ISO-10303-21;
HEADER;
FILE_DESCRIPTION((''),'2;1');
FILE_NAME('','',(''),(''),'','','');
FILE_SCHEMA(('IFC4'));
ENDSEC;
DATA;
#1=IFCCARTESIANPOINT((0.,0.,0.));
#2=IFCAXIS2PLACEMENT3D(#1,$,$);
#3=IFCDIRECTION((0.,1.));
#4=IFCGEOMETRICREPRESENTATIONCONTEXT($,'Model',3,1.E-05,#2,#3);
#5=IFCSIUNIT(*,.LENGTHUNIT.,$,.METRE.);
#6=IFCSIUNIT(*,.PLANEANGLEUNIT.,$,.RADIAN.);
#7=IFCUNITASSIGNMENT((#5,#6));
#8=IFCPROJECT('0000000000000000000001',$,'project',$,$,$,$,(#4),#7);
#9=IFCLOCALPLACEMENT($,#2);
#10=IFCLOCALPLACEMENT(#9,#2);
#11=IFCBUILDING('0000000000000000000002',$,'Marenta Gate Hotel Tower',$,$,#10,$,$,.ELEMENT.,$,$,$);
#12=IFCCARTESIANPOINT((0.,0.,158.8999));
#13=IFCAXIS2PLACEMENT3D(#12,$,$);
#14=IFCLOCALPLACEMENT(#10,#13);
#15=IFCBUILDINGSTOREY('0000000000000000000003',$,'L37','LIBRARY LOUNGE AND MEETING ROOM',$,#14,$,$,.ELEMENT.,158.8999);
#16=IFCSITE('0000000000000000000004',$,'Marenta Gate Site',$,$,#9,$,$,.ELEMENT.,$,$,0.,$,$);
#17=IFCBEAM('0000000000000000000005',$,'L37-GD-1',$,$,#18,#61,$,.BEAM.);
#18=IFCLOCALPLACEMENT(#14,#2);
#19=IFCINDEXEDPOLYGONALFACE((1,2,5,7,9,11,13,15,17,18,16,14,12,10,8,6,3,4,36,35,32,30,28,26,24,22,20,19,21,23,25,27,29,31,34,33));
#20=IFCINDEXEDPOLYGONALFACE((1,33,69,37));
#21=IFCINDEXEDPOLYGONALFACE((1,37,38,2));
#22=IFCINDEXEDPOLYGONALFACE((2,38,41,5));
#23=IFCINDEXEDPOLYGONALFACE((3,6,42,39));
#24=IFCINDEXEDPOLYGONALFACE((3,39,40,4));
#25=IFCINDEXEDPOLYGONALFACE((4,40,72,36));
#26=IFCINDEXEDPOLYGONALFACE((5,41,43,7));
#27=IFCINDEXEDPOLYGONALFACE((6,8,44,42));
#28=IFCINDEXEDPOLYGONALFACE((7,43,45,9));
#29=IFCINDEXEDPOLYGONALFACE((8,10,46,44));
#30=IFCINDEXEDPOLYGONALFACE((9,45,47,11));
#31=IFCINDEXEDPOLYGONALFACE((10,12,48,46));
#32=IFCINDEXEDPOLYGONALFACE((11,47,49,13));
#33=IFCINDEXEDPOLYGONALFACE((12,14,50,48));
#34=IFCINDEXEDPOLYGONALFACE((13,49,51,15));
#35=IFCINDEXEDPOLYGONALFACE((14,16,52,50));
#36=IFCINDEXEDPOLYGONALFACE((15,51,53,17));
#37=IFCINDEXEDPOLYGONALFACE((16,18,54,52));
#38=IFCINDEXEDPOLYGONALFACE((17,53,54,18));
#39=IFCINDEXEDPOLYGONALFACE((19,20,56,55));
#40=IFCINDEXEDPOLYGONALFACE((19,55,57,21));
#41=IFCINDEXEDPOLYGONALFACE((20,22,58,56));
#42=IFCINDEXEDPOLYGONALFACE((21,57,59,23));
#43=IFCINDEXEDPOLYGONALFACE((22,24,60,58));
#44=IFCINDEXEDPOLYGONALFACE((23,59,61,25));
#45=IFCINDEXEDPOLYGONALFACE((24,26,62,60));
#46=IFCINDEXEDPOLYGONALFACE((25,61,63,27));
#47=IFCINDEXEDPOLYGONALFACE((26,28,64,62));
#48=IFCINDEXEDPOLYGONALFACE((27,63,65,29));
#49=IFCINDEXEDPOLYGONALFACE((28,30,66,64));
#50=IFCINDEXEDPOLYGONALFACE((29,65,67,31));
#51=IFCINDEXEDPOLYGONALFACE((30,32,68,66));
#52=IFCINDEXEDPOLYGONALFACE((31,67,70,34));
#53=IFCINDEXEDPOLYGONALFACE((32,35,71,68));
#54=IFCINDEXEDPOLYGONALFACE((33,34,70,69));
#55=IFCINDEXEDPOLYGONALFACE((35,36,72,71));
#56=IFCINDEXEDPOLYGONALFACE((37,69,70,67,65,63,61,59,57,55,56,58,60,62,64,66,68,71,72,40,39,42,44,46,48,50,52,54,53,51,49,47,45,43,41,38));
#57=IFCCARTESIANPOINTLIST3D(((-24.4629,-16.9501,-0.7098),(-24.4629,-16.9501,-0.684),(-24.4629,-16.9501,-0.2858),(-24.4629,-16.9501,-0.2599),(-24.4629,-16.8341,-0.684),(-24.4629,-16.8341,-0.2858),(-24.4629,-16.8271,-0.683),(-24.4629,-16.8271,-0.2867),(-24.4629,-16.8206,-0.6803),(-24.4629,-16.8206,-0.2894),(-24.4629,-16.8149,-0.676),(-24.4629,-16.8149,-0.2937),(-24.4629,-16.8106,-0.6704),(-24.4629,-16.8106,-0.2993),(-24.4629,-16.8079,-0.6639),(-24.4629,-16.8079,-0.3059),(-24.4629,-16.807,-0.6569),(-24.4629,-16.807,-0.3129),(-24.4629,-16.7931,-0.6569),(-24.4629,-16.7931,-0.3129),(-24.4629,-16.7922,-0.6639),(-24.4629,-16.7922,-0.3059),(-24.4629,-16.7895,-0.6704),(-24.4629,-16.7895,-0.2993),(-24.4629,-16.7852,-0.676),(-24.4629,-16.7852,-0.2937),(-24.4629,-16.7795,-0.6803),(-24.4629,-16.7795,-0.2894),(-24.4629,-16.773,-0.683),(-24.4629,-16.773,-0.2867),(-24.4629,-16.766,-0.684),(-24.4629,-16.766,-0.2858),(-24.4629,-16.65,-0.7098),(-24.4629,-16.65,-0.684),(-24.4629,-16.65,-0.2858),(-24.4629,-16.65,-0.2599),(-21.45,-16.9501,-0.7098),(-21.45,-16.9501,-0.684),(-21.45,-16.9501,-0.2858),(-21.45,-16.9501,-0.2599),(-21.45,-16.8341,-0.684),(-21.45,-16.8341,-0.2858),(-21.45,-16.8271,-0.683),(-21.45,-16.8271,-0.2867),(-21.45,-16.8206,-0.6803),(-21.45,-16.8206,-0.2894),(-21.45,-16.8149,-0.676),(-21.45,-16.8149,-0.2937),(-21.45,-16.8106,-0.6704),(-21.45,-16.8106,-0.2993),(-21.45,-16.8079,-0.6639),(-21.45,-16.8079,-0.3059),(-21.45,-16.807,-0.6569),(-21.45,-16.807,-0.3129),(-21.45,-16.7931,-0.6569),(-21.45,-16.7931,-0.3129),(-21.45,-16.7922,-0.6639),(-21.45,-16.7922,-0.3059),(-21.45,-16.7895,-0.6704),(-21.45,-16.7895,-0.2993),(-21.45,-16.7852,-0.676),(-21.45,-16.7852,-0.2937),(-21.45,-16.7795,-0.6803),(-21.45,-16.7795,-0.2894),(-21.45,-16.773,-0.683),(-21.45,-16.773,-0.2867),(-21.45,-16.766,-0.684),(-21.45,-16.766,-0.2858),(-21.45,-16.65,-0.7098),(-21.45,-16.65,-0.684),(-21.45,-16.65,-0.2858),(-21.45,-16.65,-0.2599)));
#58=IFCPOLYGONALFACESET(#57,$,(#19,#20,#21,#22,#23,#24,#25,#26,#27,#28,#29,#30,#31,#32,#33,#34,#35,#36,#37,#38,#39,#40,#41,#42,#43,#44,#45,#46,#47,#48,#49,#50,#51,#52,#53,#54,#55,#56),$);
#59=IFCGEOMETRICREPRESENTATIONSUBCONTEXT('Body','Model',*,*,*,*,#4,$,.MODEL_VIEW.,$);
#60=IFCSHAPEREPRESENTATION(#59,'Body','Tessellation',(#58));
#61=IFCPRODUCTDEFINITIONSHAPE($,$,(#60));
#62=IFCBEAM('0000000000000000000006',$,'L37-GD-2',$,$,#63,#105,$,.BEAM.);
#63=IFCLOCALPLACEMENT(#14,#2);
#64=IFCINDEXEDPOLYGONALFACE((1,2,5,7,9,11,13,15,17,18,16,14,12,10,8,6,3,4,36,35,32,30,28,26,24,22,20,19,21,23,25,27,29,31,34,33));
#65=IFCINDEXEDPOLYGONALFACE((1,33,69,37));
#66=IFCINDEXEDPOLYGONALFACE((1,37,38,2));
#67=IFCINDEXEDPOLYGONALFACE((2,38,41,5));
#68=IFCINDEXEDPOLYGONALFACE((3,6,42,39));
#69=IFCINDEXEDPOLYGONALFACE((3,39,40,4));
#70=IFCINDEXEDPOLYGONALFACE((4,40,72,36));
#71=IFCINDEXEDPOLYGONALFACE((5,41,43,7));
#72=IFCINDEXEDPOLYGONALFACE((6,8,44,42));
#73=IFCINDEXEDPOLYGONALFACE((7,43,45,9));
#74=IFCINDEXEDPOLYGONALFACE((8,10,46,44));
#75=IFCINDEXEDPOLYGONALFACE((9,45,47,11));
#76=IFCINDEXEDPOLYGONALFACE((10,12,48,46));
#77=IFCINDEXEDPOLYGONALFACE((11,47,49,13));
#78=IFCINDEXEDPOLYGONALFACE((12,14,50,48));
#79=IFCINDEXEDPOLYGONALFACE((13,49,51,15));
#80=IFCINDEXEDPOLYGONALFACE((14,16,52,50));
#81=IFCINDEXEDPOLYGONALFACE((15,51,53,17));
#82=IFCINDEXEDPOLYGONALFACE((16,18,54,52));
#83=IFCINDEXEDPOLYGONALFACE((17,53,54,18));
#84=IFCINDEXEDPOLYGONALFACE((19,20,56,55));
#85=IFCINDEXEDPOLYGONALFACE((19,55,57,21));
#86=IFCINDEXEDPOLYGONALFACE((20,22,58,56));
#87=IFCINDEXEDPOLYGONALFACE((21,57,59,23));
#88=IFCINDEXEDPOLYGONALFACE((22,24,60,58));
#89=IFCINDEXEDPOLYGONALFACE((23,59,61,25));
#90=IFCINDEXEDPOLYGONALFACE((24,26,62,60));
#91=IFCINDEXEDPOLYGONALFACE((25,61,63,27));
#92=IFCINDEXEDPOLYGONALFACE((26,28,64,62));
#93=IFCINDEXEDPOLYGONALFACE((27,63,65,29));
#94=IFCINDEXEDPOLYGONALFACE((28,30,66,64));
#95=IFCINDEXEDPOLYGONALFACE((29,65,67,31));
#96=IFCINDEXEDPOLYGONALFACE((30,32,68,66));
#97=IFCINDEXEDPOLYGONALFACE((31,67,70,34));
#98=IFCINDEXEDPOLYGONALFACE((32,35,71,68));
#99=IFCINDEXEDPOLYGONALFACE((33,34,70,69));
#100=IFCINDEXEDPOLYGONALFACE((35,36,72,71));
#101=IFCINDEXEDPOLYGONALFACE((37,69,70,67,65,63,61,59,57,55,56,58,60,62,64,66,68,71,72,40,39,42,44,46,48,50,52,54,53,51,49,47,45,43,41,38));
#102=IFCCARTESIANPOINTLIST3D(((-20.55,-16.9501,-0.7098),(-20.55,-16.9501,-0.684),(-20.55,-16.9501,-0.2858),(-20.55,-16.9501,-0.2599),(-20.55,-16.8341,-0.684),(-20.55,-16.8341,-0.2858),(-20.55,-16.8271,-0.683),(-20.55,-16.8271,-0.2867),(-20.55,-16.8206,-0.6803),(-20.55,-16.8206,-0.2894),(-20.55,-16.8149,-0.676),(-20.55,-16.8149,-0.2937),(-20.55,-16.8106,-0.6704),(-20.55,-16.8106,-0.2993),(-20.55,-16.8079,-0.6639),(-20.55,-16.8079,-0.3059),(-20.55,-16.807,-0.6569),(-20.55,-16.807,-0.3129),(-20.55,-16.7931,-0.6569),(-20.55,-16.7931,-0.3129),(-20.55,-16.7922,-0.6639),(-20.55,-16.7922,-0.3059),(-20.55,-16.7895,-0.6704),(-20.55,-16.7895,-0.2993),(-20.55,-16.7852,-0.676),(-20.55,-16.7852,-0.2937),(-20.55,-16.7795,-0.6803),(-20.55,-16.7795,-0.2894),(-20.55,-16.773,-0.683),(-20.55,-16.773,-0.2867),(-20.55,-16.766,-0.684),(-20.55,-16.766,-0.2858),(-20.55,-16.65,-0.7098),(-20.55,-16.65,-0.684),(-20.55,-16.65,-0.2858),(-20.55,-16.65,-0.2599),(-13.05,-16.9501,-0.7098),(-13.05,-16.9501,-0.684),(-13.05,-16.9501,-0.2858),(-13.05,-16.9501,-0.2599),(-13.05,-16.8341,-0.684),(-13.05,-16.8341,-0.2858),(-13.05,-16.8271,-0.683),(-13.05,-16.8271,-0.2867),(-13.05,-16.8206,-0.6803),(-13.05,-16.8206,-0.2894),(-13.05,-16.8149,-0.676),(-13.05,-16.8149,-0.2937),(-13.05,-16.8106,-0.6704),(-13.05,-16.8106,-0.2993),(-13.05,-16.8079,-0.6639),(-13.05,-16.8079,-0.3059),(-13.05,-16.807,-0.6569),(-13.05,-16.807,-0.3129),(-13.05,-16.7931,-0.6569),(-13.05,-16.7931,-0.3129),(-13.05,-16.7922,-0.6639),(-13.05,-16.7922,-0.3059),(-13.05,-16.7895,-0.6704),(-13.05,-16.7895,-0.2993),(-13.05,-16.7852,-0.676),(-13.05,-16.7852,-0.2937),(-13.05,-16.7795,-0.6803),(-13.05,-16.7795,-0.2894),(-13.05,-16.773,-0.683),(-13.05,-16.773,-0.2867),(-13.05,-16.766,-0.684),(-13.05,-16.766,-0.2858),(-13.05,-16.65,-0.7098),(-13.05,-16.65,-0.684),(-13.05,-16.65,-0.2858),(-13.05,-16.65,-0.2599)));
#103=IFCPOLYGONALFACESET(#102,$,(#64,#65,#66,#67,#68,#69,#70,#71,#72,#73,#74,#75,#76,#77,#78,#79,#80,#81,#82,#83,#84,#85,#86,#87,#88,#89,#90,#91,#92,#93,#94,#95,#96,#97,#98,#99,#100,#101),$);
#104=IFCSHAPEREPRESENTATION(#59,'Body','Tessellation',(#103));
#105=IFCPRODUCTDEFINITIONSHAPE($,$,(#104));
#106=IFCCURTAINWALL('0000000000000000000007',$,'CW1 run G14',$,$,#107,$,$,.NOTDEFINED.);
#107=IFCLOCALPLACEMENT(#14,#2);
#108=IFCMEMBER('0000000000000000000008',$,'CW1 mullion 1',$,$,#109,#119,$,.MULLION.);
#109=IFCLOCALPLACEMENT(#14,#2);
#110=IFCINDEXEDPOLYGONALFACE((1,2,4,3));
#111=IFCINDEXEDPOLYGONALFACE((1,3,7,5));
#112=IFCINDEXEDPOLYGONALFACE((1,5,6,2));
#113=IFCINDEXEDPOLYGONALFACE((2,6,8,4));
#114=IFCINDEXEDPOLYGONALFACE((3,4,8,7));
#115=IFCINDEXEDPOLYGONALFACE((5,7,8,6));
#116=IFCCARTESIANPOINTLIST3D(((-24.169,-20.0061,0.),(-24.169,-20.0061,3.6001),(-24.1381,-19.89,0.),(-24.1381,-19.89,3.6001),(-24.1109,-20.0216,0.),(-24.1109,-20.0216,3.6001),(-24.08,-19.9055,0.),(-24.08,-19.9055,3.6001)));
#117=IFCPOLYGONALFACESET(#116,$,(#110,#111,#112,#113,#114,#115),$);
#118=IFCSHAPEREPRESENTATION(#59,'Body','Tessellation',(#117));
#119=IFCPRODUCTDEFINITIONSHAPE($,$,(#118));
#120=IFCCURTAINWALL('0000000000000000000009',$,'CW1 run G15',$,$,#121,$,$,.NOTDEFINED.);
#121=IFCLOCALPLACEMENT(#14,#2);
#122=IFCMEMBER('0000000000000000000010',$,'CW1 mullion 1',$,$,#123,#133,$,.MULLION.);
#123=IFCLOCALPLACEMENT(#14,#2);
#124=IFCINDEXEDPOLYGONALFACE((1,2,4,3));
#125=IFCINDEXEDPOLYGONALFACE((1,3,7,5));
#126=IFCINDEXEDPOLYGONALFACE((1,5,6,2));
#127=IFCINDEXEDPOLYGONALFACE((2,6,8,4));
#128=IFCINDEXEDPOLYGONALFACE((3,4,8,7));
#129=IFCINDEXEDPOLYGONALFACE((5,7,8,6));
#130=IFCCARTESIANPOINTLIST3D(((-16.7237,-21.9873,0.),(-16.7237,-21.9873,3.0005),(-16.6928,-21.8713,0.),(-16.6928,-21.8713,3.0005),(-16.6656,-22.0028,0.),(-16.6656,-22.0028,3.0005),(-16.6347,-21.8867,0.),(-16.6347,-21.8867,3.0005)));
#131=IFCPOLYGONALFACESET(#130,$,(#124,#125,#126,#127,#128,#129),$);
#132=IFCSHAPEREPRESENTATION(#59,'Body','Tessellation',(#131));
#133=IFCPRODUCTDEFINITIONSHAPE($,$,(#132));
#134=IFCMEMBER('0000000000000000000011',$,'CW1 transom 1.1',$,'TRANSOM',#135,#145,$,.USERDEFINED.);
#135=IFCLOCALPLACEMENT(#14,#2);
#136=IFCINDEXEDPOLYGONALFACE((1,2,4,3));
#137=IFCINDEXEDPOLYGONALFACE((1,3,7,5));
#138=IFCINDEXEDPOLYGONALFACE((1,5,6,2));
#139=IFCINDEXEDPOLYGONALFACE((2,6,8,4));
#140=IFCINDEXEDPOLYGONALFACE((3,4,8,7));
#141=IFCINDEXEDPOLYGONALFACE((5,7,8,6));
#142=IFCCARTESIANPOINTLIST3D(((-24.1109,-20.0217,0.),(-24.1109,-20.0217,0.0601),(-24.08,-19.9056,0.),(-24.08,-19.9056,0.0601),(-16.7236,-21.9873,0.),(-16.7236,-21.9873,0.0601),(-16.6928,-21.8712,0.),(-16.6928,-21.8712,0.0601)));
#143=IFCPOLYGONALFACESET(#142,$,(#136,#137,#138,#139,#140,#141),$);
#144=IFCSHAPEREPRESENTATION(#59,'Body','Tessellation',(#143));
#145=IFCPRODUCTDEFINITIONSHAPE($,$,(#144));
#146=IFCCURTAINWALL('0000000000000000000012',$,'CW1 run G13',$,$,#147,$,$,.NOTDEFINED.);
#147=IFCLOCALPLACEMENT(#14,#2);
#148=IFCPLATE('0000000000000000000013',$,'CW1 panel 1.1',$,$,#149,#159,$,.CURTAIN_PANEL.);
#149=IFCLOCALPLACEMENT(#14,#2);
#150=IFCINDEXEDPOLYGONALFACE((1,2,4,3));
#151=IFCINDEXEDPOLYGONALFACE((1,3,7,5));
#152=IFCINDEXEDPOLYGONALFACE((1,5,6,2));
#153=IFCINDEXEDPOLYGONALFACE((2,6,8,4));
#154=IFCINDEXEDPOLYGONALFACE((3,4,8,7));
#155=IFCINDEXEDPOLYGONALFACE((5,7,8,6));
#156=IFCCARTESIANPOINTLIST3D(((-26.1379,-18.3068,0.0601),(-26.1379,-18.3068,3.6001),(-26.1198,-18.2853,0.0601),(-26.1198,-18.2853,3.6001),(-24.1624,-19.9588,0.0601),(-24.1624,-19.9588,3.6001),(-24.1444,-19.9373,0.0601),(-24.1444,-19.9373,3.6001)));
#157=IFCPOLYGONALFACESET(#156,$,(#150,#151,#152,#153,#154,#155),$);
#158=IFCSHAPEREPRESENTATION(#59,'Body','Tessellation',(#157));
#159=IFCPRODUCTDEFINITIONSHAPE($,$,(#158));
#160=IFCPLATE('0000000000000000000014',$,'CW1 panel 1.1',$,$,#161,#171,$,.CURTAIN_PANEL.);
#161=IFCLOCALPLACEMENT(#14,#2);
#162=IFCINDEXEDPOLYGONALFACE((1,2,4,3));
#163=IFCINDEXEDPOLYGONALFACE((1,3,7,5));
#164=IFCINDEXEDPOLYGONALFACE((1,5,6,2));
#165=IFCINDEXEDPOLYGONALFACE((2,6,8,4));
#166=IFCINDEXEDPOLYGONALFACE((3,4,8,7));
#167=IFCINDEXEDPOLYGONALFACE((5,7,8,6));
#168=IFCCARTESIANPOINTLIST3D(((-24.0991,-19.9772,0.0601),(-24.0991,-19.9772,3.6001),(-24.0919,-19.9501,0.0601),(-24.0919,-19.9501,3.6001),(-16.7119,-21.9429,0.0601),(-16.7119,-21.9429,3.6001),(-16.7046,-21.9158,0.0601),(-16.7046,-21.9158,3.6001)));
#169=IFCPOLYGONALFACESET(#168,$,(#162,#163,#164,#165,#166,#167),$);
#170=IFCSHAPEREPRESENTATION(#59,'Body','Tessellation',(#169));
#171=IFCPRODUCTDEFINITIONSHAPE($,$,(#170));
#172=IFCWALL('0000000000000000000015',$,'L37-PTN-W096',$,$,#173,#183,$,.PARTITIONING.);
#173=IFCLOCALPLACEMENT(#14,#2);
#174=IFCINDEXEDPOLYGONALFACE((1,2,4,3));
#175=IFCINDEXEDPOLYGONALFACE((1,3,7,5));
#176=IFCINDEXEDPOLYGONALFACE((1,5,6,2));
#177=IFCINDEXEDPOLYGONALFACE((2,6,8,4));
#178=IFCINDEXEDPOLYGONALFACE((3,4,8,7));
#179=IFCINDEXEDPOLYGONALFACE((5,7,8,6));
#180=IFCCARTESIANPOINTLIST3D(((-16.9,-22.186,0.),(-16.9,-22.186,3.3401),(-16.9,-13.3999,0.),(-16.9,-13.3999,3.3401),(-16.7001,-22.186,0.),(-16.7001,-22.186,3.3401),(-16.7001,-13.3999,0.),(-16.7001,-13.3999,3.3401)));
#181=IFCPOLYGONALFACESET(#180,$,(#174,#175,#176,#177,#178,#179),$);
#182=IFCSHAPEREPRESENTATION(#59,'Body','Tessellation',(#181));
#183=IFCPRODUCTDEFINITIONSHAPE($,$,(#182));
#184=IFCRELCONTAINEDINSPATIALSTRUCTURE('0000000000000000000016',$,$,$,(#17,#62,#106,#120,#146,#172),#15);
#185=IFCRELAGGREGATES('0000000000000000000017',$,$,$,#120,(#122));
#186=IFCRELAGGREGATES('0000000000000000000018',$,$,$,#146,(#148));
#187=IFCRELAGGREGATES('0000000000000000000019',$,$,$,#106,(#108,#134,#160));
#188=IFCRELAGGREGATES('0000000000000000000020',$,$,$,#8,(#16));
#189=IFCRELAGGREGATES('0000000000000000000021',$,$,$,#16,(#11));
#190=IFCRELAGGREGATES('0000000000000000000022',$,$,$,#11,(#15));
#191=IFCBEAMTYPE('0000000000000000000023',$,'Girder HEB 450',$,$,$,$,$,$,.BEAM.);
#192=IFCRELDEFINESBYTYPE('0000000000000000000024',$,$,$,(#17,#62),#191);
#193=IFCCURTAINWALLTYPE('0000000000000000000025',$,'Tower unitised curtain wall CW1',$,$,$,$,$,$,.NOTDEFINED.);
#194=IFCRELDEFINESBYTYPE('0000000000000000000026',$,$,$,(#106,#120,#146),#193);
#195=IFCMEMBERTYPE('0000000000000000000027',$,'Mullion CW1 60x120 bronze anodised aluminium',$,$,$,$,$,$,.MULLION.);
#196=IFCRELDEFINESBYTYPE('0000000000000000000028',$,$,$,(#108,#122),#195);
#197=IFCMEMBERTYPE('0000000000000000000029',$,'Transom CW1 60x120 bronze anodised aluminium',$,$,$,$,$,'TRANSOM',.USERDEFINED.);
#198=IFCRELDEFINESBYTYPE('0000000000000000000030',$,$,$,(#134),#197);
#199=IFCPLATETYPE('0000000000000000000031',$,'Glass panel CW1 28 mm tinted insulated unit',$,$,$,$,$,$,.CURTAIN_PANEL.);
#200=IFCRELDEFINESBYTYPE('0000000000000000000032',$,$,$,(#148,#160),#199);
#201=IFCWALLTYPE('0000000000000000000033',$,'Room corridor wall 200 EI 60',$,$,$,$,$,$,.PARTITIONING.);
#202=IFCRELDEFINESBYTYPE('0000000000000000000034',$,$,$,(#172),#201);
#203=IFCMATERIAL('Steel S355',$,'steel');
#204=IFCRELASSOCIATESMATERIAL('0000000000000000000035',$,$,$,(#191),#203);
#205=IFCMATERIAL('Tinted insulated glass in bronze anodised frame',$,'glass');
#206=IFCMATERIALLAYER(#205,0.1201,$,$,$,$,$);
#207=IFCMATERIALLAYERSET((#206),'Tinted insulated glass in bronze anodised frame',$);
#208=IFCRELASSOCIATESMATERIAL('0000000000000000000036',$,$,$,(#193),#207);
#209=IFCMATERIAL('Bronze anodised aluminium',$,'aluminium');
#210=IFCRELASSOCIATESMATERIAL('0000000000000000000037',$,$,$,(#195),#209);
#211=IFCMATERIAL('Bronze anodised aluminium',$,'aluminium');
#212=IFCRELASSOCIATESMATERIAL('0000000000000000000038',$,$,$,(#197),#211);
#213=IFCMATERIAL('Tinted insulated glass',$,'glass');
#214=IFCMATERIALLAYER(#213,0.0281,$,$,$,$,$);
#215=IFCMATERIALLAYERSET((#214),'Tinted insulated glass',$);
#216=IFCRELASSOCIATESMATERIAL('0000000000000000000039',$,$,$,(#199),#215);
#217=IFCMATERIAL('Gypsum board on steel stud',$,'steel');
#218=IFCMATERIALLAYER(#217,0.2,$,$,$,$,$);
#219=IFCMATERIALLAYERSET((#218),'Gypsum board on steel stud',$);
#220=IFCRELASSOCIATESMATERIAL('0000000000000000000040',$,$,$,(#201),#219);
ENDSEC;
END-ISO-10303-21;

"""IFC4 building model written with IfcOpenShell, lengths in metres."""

from ifc_helpers import new_model, si_unit, direction, frame, frame_2d, origin, origin_2d, place, context, subcontext, project, spatial, rectangle, i_section, extrude, material, layer, layer_set, material_profile, profile_set, type_object, element, aggregate, save


model = new_model("IFC4")

# Units and contexts
model_context = context("Model", 3, precision=1e-05, world=origin(), true_north=direction((0.0, 1.0)))
body_context = subcontext(model_context, "Body", "Model", "MODEL_VIEW")
ifc_project = project(units=[si_unit("LENGTHUNIT", "METRE"), si_unit("PLANEANGLEUNIT", "RADIAN")], contexts=[model_context])

# Site, building, storey
site_placement = place(None, origin())
site = spatial("IfcSite", under=ifc_project, at=site_placement, Name="Marenta Gate Site", CompositionType="ELEMENT", RefElevation=0.0)
building_placement = place(site_placement, origin())
building = spatial("IfcBuilding", under=site, at=building_placement, Name="Marenta Gate Hotel Tower", CompositionType="ELEMENT")
storey_placement = place(building_placement, frame((0.0, 0.0, 158.8999)))
storey = spatial("IfcBuildingStorey", under=building, at=storey_placement, Name="L37", Description="LIBRARY LOUNGE AND MEETING ROOM", CompositionType="ELEMENT", Elevation=158.8999)

# Beams
ifc_material_1 = material(Name="Steel S355", Category="steel")
ifc_material_profile_1 = material_profile(ifc_material_1, i_section(OverallWidth=0.3, OverallDepth=0.45, WebThickness=0.0139, FlangeThickness=0.0259, FilletRadius=0.0271, at=origin_2d()), Name="HEB 450")
ifc_profile_set_1 = profile_set([ifc_material_profile_1], Name="Steel S355")
beam_type_1 = type_object("IfcBeamType", Name="Girder HEB 450", PredefinedType="BEAM", material=ifc_profile_set_1)
beam_1_placement = place(storey_placement, frame((-24.4629, -16.8, -0.4849), z_axis=(1.0, 0.0, 0.0), x_axis=(0.0, 1.0, 0.0)))
element("IfcBeam", 1, at=beam_1_placement, inside=storey, type_object=beam_type_1, Name="L37-GD-1", PredefinedType="BEAM", context=body_context, shape_type="SweptSolid", body=[
    extrude(i_section(OverallWidth=0.3, OverallDepth=0.45, WebThickness=0.0139, FlangeThickness=0.0259, FilletRadius=0.0271, at=origin_2d()), origin(), (0.0, 0.0, 1.0), 3.0129),
])
beam_2_placement = place(storey_placement, frame((-20.55, -16.8, -0.4849), z_axis=(1.0, 0.0, 0.0), x_axis=(0.0, 1.0, 0.0)))
element("IfcBeam", 2, at=beam_2_placement, inside=storey, type_object=beam_type_1, Name="L37-GD-2", PredefinedType="BEAM", context=body_context, shape_type="SweptSolid", body=[
    extrude(i_section(OverallWidth=0.3, OverallDepth=0.45, WebThickness=0.0139, FlangeThickness=0.0259, FilletRadius=0.0271, at=origin_2d()), origin(), (0.0, 0.0, 1.0), 7.5),
])

# Curtain walls, members
ifc_material_2 = material(Name="Tinted insulated glass in bronze anodised frame", Category="glass")
ifc_layer_1 = layer(ifc_material_2, 0.1201)
ifc_layer_set_1 = layer_set([ifc_layer_1], Name="Tinted insulated glass in bronze anodised frame")
curtain_wall_type = type_object("IfcCurtainWallType", Name="Tower unitised curtain wall CW1", PredefinedType="NOTDEFINED", material=ifc_layer_set_1)
curtain_wall_1_placement = place(storey_placement, origin())
curtain_wall_1 = element("IfcCurtainWall", 3, at=curtain_wall_1_placement, inside=storey, type_object=curtain_wall_type, Name="CW1 run G14", PredefinedType="NOTDEFINED")
ifc_material_3 = material(Name="Bronze anodised aluminium", Category="aluminium")
ifc_material_profile_2 = material_profile(ifc_material_3, rectangle(XDim=0.1201, YDim=0.0601, at=origin_2d()), Name="Mullion CW1 60x120 bronze anodised aluminium")
ifc_profile_set_2 = profile_set([ifc_material_profile_2], Name="Bronze anodised aluminium")
member_type_1 = type_object("IfcMemberType", Name="Mullion CW1 60x120 bronze anodised aluminium", PredefinedType="MULLION", material=ifc_profile_set_2)
member_1_placement = place(storey_placement, frame((-24.1245, -19.9558, 0.0), z_axis=(0.0, 0.0, 1.0), x_axis=(0.257146, 0.966372, 0.0)))
member_1 = element("IfcMember", 4, at=member_1_placement, type_object=member_type_1, Name="CW1 mullion 1", PredefinedType="MULLION", context=body_context, shape_type="SweptSolid", body=[
    extrude(rectangle(XDim=0.1201, YDim=0.0601, at=origin_2d()), origin(), (0.0, 0.0, 1.0), 3.6001),
])
curtain_wall_2_placement = place(storey_placement, origin())
curtain_wall_2 = element("IfcCurtainWall", 5, at=curtain_wall_2_placement, inside=storey, type_object=curtain_wall_type, Name="CW1 run G15", PredefinedType="NOTDEFINED")
member_2_placement = place(storey_placement, frame((-16.6792, -21.937, 0.0), z_axis=(0.0, 0.0, 1.0), x_axis=(0.257154, 0.96637, 0.0)))
member_2 = element("IfcMember", 6, at=member_2_placement, type_object=member_type_1, Name="CW1 mullion 1", PredefinedType="MULLION", context=body_context, shape_type="SweptSolid", body=[
    extrude(rectangle(XDim=0.1201, YDim=0.0601, at=origin_2d()), origin(), (0.0, 0.0, 1.0), 3.0005),
])
aggregate(curtain_wall_2, [member_2])

# Member
ifc_material_4 = material(Name="Bronze anodised aluminium", Category="aluminium")
ifc_material_profile_3 = material_profile(ifc_material_4, rectangle(XDim=0.1201, YDim=0.0601, at=origin_2d()), Name="Transom CW1 60x120 bronze anodised aluminium")
ifc_profile_set_3 = profile_set([ifc_material_profile_3], Name="Bronze anodised aluminium")
member_type_2 = type_object("IfcMemberType", Name="Transom CW1 60x120 bronze anodised aluminium", ElementType="TRANSOM", PredefinedType="USERDEFINED", material=ifc_profile_set_3)
member_3_placement = place(storey_placement, frame((-24.0955, -19.9636, 0.03), z_axis=(0.966376, -0.257132, 0.0), x_axis=(0.257132, 0.966376, 0.0)))
member_3 = element("IfcMember", 7, at=member_3_placement, type_object=member_type_2, Name="CW1 transom 1.1", ObjectType="TRANSOM", PredefinedType="USERDEFINED", context=body_context, shape_type="SweptSolid", body=[
    extrude(rectangle(XDim=0.1201, YDim=0.0601, at=origin_2d()), origin(), (0.0, 0.0, 1.0), 7.6443),
])

# Curtain wall, plate
curtain_wall_3_placement = place(storey_placement, origin())
curtain_wall_3 = element("IfcCurtainWall", 8, at=curtain_wall_3_placement, inside=storey, type_object=curtain_wall_type, Name="CW1 run G13", PredefinedType="NOTDEFINED")
ifc_material_5 = material(Name="Tinted insulated glass", Category="glass")
ifc_layer_2 = layer(ifc_material_5, 0.0281)
ifc_layer_set_2 = layer_set([ifc_layer_2], Name="Tinted insulated glass")
plate_type = type_object("IfcPlateType", Name="Glass panel CW1 28 mm tinted insulated unit", PredefinedType="CURTAIN_PANEL", material=ifc_layer_set_2)
plate_1_placement = place(storey_placement, frame((-25.1411, -19.1221, 0.0601), z_axis=(0.0, 0.0, 1.0), x_axis=(0.767113, -0.641512, 0.0)))
plate_1 = element("IfcPlate", 9, at=plate_1_placement, type_object=plate_type, Name="CW1 panel 1.1", PredefinedType="CURTAIN_PANEL", context=body_context, shape_type="SweptSolid", body=[
    extrude(rectangle(XDim=2.5752, YDim=0.0281, at=origin_2d()), origin(), (0.0, 0.0, 1.0), 3.54),
])
aggregate(curtain_wall_3, [plate_1])

# Plate
plate_2_placement = place(storey_placement, frame((-20.4019, -20.9465, 0.0601), z_axis=(0.0, 0.0, 1.0), x_axis=(0.966372, -0.257146, 0.0)))
plate_2 = element("IfcPlate", 10, at=plate_2_placement, type_object=plate_type, Name="CW1 panel 1.1", PredefinedType="CURTAIN_PANEL", context=body_context, shape_type="SweptSolid", body=[
    extrude(rectangle(XDim=7.6443, YDim=0.0281, at=origin_2d()), origin(), (0.0, 0.0, 1.0), 3.54),
])
aggregate(curtain_wall_1, [member_1, member_3, plate_2])

# Wall
ifc_material_6 = material(Name="Gypsum board on steel stud", Category="steel")
ifc_layer_3 = layer(ifc_material_6, 0.2)
ifc_layer_set_3 = layer_set([ifc_layer_3], Name="Gypsum board on steel stud")
wall_type_1 = type_object("IfcWallType", Name="Room corridor wall 200 EI 60", PredefinedType="PARTITIONING", material=ifc_layer_set_3)
wall_1_placement = place(storey_placement, frame((-16.8, -22.186, 0.0), z_axis=(0.0, 0.0, 1.0), x_axis=(0.0, 1.0, 0.0)))
element("IfcWall", 11, at=wall_1_placement, inside=storey, type_object=wall_type_1, Name="L37-PTN-W096", PredefinedType="PARTITIONING", context=body_context, shape_type="SweptSolid", body=[
    extrude(rectangle(XDim=8.7861, YDim=0.2, at=frame_2d((4.3931, 0.0))), origin(), (0.0, 0.0, 1.0), 3.3401),
])

save(model, "model.ifc")
